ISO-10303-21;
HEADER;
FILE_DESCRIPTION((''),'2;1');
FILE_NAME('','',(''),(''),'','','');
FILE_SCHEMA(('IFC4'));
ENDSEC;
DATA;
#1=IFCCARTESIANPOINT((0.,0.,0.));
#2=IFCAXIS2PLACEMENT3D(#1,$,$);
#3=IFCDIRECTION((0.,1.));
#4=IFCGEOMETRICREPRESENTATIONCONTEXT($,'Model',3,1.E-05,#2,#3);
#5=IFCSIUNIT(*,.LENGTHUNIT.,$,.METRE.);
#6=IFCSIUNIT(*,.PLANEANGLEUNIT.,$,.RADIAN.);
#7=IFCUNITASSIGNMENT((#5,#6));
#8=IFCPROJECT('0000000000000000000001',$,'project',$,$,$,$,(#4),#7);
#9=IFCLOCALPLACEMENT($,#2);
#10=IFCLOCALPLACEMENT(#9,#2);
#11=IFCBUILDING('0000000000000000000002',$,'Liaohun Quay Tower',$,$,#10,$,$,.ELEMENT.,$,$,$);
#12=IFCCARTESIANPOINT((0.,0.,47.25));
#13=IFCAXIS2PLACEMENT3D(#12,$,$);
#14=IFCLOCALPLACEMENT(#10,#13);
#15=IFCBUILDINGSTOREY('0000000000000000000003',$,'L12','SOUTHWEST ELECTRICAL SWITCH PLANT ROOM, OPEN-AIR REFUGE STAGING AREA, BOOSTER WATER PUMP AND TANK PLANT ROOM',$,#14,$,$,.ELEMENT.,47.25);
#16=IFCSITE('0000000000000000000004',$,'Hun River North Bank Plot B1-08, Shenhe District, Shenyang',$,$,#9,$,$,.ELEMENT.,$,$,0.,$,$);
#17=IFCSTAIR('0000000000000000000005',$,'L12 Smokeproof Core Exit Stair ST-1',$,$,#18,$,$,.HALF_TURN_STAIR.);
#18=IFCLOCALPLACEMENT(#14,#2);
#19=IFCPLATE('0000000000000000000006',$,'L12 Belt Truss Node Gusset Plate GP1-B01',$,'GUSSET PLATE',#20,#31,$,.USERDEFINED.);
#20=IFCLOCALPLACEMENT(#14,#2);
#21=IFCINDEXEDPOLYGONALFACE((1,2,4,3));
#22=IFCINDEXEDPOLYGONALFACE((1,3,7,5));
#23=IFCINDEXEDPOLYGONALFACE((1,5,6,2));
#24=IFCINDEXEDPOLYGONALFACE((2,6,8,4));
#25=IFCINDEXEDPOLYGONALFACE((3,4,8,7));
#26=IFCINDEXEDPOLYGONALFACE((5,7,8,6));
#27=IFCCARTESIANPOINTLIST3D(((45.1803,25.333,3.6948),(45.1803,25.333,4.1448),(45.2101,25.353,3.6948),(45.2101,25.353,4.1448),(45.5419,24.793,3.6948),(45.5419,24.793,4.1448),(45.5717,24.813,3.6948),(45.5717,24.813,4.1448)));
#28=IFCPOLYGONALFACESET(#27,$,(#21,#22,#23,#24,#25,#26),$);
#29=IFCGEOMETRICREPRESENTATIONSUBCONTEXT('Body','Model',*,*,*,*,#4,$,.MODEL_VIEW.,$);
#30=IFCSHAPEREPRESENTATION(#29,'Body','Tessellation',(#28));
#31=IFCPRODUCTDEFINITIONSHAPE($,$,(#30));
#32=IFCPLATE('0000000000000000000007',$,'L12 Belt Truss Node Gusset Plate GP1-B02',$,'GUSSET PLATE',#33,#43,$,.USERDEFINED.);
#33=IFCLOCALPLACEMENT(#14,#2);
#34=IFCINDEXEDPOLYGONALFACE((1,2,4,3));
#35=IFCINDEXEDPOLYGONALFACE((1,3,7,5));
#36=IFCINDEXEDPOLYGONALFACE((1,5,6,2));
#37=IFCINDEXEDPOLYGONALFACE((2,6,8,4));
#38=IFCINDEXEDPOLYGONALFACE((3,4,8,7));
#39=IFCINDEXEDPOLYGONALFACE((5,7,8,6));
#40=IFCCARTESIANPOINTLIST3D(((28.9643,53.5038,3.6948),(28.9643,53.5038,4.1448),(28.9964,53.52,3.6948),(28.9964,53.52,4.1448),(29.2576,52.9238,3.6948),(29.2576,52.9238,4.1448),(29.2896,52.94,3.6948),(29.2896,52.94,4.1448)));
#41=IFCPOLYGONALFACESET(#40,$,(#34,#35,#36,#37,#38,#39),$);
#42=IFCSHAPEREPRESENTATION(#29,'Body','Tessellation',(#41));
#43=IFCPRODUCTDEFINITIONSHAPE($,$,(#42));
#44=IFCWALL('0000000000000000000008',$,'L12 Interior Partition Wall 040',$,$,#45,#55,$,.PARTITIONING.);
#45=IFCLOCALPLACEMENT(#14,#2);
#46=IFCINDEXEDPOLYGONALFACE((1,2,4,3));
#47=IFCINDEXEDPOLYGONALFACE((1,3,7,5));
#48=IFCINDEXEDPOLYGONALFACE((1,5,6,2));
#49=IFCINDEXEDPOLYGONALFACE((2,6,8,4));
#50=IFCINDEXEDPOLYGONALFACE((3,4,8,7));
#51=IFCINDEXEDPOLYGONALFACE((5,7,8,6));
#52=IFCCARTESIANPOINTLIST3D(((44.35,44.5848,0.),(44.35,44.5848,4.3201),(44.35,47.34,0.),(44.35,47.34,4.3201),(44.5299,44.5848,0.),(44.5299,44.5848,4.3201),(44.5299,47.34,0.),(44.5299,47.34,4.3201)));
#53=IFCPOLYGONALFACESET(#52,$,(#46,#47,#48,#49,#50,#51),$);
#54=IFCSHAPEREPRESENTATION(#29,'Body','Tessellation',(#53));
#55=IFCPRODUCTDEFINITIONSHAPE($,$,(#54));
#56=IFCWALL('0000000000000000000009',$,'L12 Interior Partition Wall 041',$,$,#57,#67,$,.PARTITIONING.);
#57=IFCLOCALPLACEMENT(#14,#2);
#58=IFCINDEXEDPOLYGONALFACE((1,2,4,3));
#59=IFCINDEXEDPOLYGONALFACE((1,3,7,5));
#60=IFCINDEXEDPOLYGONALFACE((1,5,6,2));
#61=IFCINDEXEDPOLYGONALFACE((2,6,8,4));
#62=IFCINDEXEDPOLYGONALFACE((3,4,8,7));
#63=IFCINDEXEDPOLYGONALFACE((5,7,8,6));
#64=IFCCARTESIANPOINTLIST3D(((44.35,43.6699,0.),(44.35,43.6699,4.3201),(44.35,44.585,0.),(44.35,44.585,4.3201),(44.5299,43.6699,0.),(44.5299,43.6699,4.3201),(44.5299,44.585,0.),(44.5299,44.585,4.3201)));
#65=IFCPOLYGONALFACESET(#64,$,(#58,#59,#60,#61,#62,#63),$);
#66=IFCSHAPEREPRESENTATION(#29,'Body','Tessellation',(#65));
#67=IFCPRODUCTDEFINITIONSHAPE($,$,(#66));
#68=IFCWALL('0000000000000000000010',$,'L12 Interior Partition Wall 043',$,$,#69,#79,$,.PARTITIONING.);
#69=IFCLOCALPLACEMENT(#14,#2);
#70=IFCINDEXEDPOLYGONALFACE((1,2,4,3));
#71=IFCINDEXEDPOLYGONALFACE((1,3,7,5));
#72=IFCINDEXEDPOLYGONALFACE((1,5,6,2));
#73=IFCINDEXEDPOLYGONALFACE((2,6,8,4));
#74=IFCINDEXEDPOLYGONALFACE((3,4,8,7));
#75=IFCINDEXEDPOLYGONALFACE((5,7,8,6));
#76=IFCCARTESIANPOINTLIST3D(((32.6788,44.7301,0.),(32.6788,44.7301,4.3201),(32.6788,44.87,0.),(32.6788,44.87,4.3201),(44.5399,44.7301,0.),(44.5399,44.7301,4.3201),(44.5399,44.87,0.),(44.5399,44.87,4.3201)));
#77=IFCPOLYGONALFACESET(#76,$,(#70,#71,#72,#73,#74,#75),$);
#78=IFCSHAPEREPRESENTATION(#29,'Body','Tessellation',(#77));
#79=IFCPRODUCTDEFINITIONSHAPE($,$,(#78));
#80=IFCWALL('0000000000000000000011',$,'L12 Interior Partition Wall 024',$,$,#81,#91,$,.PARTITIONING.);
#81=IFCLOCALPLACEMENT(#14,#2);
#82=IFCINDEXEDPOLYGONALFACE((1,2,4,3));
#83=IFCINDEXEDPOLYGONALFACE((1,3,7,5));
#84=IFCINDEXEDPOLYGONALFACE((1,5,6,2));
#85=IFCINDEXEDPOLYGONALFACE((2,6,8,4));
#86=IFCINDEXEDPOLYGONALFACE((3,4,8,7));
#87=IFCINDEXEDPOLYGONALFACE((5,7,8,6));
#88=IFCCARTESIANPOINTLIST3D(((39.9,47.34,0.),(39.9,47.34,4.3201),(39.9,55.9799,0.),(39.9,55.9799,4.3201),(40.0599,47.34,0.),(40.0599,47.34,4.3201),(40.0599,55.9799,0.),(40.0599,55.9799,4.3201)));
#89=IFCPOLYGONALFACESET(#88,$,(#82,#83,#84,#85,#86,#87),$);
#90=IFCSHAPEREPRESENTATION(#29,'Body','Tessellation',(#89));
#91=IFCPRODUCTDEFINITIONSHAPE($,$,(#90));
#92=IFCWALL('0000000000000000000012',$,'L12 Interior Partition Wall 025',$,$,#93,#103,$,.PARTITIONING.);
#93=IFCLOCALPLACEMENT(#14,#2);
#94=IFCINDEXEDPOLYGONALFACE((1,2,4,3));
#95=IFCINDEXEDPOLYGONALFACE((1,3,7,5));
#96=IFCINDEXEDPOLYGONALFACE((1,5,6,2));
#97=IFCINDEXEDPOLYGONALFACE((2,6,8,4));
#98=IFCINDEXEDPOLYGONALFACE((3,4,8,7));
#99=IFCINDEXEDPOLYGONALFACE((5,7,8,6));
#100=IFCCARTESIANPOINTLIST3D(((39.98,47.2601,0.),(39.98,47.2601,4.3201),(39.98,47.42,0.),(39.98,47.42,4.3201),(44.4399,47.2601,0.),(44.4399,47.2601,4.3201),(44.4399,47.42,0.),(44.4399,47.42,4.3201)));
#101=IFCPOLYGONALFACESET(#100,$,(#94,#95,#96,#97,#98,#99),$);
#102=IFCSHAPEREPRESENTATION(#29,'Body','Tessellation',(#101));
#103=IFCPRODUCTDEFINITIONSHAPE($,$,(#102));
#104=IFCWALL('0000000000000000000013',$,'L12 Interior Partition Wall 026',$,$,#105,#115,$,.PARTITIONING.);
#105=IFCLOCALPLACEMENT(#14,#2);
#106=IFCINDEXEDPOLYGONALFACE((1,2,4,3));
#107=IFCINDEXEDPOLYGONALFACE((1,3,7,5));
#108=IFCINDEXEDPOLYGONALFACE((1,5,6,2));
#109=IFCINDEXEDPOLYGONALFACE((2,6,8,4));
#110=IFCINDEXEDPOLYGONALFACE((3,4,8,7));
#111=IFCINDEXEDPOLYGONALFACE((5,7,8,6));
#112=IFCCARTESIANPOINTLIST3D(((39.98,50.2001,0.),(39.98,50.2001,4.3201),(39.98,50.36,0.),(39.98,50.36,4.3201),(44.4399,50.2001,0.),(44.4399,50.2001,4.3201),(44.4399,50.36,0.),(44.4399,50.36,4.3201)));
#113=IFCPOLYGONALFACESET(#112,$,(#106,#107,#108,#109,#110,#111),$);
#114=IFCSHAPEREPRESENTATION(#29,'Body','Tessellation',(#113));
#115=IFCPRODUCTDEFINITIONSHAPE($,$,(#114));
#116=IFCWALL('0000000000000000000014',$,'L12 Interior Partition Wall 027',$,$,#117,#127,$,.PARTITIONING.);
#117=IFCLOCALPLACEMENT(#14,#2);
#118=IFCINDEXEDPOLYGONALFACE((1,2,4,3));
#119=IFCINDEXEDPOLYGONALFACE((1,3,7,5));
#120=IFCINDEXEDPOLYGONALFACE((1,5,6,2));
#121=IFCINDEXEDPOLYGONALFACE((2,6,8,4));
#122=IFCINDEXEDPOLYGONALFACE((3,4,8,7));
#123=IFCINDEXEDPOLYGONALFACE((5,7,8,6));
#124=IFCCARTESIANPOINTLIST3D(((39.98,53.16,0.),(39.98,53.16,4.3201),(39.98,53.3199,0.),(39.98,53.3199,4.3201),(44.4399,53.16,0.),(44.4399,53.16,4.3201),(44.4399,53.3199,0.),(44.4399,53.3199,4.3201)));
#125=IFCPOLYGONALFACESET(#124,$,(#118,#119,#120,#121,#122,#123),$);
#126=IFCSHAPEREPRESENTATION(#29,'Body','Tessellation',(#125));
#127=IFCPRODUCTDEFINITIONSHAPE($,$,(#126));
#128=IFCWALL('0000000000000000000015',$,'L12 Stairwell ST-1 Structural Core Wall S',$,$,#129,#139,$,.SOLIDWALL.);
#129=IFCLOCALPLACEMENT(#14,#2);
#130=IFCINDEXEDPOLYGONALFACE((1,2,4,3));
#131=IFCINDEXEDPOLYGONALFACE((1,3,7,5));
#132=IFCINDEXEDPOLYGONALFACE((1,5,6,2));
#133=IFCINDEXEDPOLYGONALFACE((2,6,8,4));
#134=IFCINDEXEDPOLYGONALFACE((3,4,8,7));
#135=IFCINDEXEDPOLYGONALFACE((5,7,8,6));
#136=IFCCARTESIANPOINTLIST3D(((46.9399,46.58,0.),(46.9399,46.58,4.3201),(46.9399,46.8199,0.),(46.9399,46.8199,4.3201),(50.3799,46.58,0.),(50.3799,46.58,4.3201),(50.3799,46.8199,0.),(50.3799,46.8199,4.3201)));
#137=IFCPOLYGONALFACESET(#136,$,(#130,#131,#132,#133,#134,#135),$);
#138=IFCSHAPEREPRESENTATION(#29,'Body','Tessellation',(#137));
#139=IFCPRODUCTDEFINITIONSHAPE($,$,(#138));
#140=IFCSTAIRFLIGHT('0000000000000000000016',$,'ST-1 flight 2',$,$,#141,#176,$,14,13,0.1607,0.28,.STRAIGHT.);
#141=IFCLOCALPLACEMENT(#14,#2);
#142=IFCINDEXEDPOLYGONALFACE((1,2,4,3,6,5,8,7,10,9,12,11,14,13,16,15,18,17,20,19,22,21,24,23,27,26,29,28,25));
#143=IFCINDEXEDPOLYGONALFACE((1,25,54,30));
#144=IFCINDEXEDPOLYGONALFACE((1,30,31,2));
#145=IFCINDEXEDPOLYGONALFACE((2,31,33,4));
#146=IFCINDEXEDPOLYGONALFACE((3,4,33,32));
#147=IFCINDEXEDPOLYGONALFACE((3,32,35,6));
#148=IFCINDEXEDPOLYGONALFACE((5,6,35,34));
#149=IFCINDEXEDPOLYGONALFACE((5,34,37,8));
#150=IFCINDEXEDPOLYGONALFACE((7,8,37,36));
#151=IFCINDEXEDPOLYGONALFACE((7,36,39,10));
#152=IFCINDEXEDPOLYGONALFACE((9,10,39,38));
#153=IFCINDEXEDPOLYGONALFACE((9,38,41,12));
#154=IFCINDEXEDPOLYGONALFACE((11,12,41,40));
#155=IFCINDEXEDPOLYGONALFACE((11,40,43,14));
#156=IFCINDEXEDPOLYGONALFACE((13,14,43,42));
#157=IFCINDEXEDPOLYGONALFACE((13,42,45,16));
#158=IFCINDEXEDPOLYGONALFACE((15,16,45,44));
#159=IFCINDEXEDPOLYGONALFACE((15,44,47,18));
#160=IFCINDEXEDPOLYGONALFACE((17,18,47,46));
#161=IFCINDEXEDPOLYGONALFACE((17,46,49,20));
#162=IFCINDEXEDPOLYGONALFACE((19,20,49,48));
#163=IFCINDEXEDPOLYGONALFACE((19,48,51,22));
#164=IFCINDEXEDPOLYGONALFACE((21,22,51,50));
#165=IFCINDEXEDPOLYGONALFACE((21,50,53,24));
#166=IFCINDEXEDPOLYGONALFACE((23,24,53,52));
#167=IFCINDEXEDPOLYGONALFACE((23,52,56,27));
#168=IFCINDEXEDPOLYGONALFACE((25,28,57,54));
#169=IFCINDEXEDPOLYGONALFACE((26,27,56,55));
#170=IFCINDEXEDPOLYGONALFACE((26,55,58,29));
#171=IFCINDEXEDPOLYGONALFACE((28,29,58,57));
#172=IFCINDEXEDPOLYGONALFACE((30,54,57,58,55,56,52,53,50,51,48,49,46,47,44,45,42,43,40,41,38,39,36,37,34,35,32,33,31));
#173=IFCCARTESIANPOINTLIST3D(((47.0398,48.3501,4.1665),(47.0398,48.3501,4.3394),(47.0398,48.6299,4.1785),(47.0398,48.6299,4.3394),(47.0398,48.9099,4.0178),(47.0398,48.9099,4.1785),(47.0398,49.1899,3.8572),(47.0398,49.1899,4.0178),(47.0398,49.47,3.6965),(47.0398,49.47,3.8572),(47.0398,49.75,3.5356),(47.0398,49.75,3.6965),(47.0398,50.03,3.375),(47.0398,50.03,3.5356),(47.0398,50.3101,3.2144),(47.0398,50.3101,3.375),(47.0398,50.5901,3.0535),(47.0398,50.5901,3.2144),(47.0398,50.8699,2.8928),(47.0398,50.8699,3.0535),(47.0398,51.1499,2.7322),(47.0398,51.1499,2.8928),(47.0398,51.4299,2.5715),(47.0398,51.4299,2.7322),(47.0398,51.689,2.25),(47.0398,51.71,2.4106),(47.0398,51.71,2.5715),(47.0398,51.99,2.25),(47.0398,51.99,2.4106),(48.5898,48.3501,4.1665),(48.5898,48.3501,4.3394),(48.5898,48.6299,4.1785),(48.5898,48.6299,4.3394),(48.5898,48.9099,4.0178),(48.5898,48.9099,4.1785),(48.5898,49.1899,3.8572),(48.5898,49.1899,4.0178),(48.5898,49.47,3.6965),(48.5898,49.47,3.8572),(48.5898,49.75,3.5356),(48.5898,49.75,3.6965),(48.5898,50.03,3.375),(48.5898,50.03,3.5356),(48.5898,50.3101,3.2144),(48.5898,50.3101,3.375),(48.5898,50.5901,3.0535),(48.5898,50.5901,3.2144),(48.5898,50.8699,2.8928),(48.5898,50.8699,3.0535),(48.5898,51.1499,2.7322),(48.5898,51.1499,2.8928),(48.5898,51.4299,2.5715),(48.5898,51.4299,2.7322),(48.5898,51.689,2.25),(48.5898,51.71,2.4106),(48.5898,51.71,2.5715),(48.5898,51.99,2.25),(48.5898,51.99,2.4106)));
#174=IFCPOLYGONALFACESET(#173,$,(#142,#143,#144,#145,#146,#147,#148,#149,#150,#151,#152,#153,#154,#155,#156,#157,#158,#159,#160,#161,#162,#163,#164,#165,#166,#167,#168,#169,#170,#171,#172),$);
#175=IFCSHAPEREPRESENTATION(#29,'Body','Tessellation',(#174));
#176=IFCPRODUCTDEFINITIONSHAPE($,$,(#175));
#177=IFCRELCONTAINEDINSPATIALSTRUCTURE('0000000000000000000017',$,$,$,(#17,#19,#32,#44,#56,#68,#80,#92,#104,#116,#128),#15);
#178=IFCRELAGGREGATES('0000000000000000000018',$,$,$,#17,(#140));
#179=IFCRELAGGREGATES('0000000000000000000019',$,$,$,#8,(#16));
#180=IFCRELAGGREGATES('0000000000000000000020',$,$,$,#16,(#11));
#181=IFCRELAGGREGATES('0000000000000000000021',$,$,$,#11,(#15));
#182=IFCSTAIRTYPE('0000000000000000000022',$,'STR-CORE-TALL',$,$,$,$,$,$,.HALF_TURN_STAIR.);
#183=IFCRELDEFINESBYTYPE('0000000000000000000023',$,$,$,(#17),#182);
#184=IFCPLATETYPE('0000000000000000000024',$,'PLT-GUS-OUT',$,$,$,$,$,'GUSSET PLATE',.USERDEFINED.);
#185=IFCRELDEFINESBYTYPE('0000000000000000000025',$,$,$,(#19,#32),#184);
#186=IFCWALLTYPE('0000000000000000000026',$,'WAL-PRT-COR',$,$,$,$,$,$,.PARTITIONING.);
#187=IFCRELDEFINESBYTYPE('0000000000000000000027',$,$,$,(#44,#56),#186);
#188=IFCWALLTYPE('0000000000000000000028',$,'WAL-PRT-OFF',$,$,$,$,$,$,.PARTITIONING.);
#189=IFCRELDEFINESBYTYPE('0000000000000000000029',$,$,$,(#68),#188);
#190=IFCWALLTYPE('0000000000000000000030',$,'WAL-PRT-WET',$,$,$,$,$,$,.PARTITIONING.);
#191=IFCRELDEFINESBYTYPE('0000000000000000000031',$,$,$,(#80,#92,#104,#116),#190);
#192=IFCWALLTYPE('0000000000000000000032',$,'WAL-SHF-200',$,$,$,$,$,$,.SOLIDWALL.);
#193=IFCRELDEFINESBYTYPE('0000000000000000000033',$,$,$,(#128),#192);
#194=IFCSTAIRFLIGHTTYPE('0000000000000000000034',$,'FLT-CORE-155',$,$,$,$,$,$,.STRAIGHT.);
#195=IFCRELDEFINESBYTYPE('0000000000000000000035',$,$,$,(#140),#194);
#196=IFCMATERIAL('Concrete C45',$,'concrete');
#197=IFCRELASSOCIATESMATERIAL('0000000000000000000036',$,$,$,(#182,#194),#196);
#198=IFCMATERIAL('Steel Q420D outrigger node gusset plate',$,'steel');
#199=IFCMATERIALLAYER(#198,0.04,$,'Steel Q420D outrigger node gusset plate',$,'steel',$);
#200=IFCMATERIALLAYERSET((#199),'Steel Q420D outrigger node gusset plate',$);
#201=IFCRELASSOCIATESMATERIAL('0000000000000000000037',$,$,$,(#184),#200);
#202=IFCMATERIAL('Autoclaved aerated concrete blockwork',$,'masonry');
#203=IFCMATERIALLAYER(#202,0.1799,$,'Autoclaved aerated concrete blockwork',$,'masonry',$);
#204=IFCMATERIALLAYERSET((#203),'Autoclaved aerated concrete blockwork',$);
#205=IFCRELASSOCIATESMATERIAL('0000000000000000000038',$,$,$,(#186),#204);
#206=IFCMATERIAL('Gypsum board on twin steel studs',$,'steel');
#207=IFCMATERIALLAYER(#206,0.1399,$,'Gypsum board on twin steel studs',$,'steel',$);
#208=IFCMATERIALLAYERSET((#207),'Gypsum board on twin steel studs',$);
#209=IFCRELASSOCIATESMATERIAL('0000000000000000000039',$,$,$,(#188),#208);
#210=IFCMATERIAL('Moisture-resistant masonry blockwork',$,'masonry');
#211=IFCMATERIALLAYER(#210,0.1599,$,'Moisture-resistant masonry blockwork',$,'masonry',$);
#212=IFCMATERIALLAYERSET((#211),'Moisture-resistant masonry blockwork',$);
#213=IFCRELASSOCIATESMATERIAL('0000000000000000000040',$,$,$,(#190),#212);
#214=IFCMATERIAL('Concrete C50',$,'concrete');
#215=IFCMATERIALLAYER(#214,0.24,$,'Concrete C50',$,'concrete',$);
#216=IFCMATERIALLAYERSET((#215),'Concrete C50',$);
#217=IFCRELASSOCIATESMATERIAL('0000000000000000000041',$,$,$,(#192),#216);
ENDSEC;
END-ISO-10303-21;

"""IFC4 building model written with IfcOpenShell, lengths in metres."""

from ifc_helpers import new_model, si_unit, direction, frame, frame_2d, origin, origin_2d, place, context, subcontext, project, spatial, polyline, rectangle, outline, extrude, source, transform, mapped, material, layer, layer_set, type_object, element, aggregate, save


model = new_model("IFC4")

# Units and contexts
model_context = context("Model", 3, precision=1e-05, world=origin(), true_north=direction((0.0, 1.0)))
body_context = subcontext(model_context, "Body", "Model", "MODEL_VIEW")
ifc_project = project(units=[si_unit("LENGTHUNIT", "METRE"), si_unit("PLANEANGLEUNIT", "RADIAN")], contexts=[model_context])

# Site, building, storey
site_placement = place(None, origin())
site = spatial("IfcSite", under=ifc_project, at=site_placement, Name="Hun River North Bank Plot B1-08, Shenhe District, Shenyang", CompositionType="ELEMENT", RefElevation=0.0)
building_placement = place(site_placement, origin())
building = spatial("IfcBuilding", under=site, at=building_placement, Name="Liaohun Quay Tower", CompositionType="ELEMENT")
storey_placement = place(building_placement, frame((0.0, 0.0, 47.25)))
storey = spatial("IfcBuildingStorey", under=building, at=storey_placement, Name="L12", Description="SOUTHWEST ELECTRICAL SWITCH PLANT ROOM, OPEN-AIR REFUGE STAGING AREA, BOOSTER WATER PUMP AND TANK PLANT ROOM", CompositionType="ELEMENT", Elevation=47.25)

# Stair
ifc_material_1 = material(Name="Concrete C45", Category="concrete")
stair_type = type_object("IfcStairType", Name="STR-CORE-TALL", PredefinedType="HALF_TURN_STAIR", material=ifc_material_1)
stair_1_placement = place(storey_placement, origin())
stair_1 = element("IfcStair", 1, at=stair_1_placement, inside=storey, type_object=stair_type, Name="L12 Smokeproof Core Exit Stair ST-1", PredefinedType="HALF_TURN_STAIR")

# Shared definitions
ifc_material_2 = material(Name="Concrete C50", Category="concrete")

# Plates
ifc_material_3 = material(Name="Steel Q420D outrigger node gusset plate", Category="steel")
ifc_layer_1 = layer(ifc_material_3, 0.04, Name="Steel Q420D outrigger node gusset plate", Category="steel")
ifc_layer_set_1 = layer_set([ifc_layer_1], Name="Steel Q420D outrigger node gusset plate")
plate_type = type_object("IfcPlateType", Name="PLT-GUS-OUT", ElementType="GUSSET PLATE", PredefinedType="USERDEFINED", material=ifc_layer_set_1)
shared_shape_1 = source(origin(), body_context, "Body", "SweptSolid", [
    extrude(rectangle(XDim=0.6499, YDim=0.0359, at=origin_2d()), origin(), (0.0, 0.0, 1.0), 0.45),
])
for number, where, z_axis, x_axis, name in (
    (2, (45.376, 25.073, 3.6948), (0.0, 0.0, 1.0), (-0.556441, 0.830887, 0.0), "L12 Belt Truss Node Gusset Plate GP1-B01"),
    (3, (29.127, 53.2219, 3.6948), (0.0, 0.0, 1.0), (-0.451189, 0.892428, 0.0), "L12 Belt Truss Node Gusset Plate GP1-B02"),
):
    element("IfcPlate", number, at=place(storey_placement, frame(where, z_axis=z_axis, x_axis=x_axis)), inside=storey, type_object=plate_type, Name=name, ObjectType="GUSSET PLATE", PredefinedType="USERDEFINED", context=body_context, shape_type="MappedRepresentation", body=[
        mapped(shared_shape_1, transform((0.0, 0.0, 0.0), x_axis=(1.0, 0.0, 0.0), y_axis=(0.0, 1.0, 0.0), z_axis=(0.0, 0.0, 1.0), scale=1.0)),
    ])

# Walls
ifc_material_4 = material(Name="Autoclaved aerated concrete blockwork", Category="masonry")
ifc_layer_2 = layer(ifc_material_4, 0.1799, Name="Autoclaved aerated concrete blockwork", Category="masonry")
ifc_layer_set_2 = layer_set([ifc_layer_2], Name="Autoclaved aerated concrete blockwork")
wall_type_1 = type_object("IfcWallType", Name="WAL-PRT-COR", PredefinedType="PARTITIONING", material=ifc_layer_set_2)
wall_1_placement = place(storey_placement, frame((44.4399, 44.585, 0.0), z_axis=(0.0, 0.0, 1.0), x_axis=(0.0, 1.0, 0.0)))
element("IfcWall", 4, at=wall_1_placement, inside=storey, type_object=wall_type_1, Name="L12 Interior Partition Wall 040", PredefinedType="PARTITIONING", context=body_context, shape_type="SweptSolid", body=[
    extrude(rectangle(XDim=2.7551, YDim=0.1799, at=frame_2d((1.3774, 0.0))), origin(), (0.0, 0.0, 1.0), 4.3201),
])
wall_2_placement = place(storey_placement, frame((44.4399, 43.6699, 0.0), z_axis=(0.0, 0.0, 1.0), x_axis=(0.0, 1.0, 0.0)))
element("IfcWall", 5, at=wall_2_placement, inside=storey, type_object=wall_type_1, Name="L12 Interior Partition Wall 041", PredefinedType="PARTITIONING", context=body_context, shape_type="SweptSolid", body=[
    extrude(rectangle(XDim=0.915, YDim=0.1799, at=frame_2d((0.4575, 0.0))), origin(), (0.0, 0.0, 1.0), 4.3201),
])
ifc_material_5 = material(Name="Gypsum board on twin steel studs", Category="steel")
ifc_layer_3 = layer(ifc_material_5, 0.1399, Name="Gypsum board on twin steel studs", Category="steel")
ifc_layer_set_3 = layer_set([ifc_layer_3], Name="Gypsum board on twin steel studs")
wall_type_2 = type_object("IfcWallType", Name="WAL-PRT-OFF", PredefinedType="PARTITIONING", material=ifc_layer_set_3)
wall_3_placement = place(storey_placement, frame((44.54, 44.8, 0.0), z_axis=(0.0, 0.0, 1.0), x_axis=(-1.0, 0.0, 0.0)))
element("IfcWall", 6, at=wall_3_placement, inside=storey, type_object=wall_type_2, Name="L12 Interior Partition Wall 043", PredefinedType="PARTITIONING", context=body_context, shape_type="SweptSolid", body=[
    extrude(rectangle(XDim=11.8611, YDim=0.1399, at=frame_2d((5.9307, 0.0))), origin(), (0.0, 0.0, 1.0), 4.3201),
])

# Shared definitions
ifc_material_6 = material(Name="Moisture-resistant masonry blockwork", Category="masonry")
ifc_layer_4 = layer(ifc_material_6, 0.1599, Name="Moisture-resistant masonry blockwork", Category="masonry")
ifc_layer_set_4 = layer_set([ifc_layer_4], Name="Moisture-resistant masonry blockwork")
wall_type_3 = type_object("IfcWallType", Name="WAL-PRT-WET", PredefinedType="PARTITIONING", material=ifc_layer_set_4)

# Walls
wall_4_placement = place(storey_placement, frame((39.98, 47.3401, 0.0), z_axis=(0.0, 0.0, 1.0), x_axis=(0.0, 1.0, 0.0)))
element("IfcWall", 7, at=wall_4_placement, inside=storey, type_object=wall_type_3, Name="L12 Interior Partition Wall 024", PredefinedType="PARTITIONING", context=body_context, shape_type="SweptSolid", body=[
    extrude(rectangle(XDim=8.6399, YDim=0.1599, at=frame_2d((4.3198, 0.0))), origin(), (0.0, 0.0, 1.0), 4.3201),
])
for number, where, z_axis, x_axis, name in (
    (8, (39.98, 47.3401, 0.0), (0.0, 0.0, 1.0), (1.0, 0.0, 0.0), "L12 Interior Partition Wall 025"),
    (9, (39.98, 50.28, 0.0), (0.0, 0.0, 1.0), (1.0, 0.0, 0.0), "L12 Interior Partition Wall 026"),
    (10, (39.98, 53.24, 0.0), (0.0, 0.0, 1.0), (1.0, 0.0, 0.0), "L12 Interior Partition Wall 027"),
):
    element("IfcWall", number, at=place(storey_placement, frame(where, z_axis=z_axis, x_axis=x_axis)), inside=storey, type_object=wall_type_3, Name=name, PredefinedType="PARTITIONING", context=body_context, shape_type="SweptSolid", body=[
        extrude(rectangle(XDim=4.46, YDim=0.1599, at=frame_2d((2.23, 0.0))), origin(), (0.0, 0.0, 1.0), 4.3201),
    ])
ifc_layer_5 = layer(ifc_material_2, 0.24, Name="Concrete C50", Category="concrete")
ifc_layer_set_5 = layer_set([ifc_layer_5], Name="Concrete C50")
wall_type_4 = type_object("IfcWallType", Name="WAL-SHF-200", PredefinedType="SOLIDWALL", material=ifc_layer_set_5)
wall_5_placement = place(storey_placement, frame((46.9399, 46.7, 0.0), z_axis=(0.0, 0.0, 1.0), x_axis=(1.0, 0.0, 0.0)))
element("IfcWall", 11, at=wall_5_placement, inside=storey, type_object=wall_type_4, Name="L12 Stairwell ST-1 Structural Core Wall S", PredefinedType="SOLIDWALL", context=body_context, shape_type="SweptSolid", body=[
    extrude(rectangle(XDim=3.4399, YDim=0.24, at=frame_2d((1.72, 0.0))), origin(), (0.0, 0.0, 1.0), 4.3201),
])

# Stair flight
stair_flight_type = type_object("IfcStairFlightType", Name="FLT-CORE-155", PredefinedType="STRAIGHT", material=ifc_material_1)
stair_flight_placement = place(storey_placement, frame((47.8149, 51.99, 2.25), z_axis=(0.0, 0.0, 1.0), x_axis=(0.0, -1.0, 0.0)))
stair_flight = element("IfcStairFlight", 12, at=stair_flight_placement, type_object=stair_flight_type, Name="ST-1 flight 2", NumberOfRisers=14, NumberOfTreads=13, PredefinedType="STRAIGHT", RiserHeight=0.1607, TreadLength=0.28, context=body_context, shape_type="SweptSolid", body=[
    extrude(outline(polyline([(0.0, 0.0), (0.0, 0.1606), (0.28, 0.1606), (0.28, 0.3215), (0.5601, 0.3215), (0.5601, 0.4822), (0.8401, 0.4822), (0.8401, 0.6428), (1.1201, 0.6428), (1.1201, 0.8035), (1.3999, 0.8035), (1.3999, 0.9644), (1.6799, 0.9644), (1.6799, 1.125), (1.96, 1.125), (1.96, 1.2856), (2.24, 1.2856), (2.24, 1.4465), (2.52, 1.4465), (2.52, 1.6072), (2.8, 1.6072), (2.8, 1.7678), (3.0801, 1.7678), (3.0801, 1.9285), (3.3601, 1.9285), (3.3601, 2.0894), (3.6399, 2.0894), (3.6399, 2.25), (3.6399, 1.9165), (0.301, 0.0), (0.0, 0.0)])), frame((0.0, 0.7749, 0.0), z_axis=(0.0, -1.0, 0.0), x_axis=(1.0, 0.0, 0.0)), (0.0, 0.0, 1.0), 1.55),
])
aggregate(stair_1, [stair_flight])

save(model, "model.ifc")
